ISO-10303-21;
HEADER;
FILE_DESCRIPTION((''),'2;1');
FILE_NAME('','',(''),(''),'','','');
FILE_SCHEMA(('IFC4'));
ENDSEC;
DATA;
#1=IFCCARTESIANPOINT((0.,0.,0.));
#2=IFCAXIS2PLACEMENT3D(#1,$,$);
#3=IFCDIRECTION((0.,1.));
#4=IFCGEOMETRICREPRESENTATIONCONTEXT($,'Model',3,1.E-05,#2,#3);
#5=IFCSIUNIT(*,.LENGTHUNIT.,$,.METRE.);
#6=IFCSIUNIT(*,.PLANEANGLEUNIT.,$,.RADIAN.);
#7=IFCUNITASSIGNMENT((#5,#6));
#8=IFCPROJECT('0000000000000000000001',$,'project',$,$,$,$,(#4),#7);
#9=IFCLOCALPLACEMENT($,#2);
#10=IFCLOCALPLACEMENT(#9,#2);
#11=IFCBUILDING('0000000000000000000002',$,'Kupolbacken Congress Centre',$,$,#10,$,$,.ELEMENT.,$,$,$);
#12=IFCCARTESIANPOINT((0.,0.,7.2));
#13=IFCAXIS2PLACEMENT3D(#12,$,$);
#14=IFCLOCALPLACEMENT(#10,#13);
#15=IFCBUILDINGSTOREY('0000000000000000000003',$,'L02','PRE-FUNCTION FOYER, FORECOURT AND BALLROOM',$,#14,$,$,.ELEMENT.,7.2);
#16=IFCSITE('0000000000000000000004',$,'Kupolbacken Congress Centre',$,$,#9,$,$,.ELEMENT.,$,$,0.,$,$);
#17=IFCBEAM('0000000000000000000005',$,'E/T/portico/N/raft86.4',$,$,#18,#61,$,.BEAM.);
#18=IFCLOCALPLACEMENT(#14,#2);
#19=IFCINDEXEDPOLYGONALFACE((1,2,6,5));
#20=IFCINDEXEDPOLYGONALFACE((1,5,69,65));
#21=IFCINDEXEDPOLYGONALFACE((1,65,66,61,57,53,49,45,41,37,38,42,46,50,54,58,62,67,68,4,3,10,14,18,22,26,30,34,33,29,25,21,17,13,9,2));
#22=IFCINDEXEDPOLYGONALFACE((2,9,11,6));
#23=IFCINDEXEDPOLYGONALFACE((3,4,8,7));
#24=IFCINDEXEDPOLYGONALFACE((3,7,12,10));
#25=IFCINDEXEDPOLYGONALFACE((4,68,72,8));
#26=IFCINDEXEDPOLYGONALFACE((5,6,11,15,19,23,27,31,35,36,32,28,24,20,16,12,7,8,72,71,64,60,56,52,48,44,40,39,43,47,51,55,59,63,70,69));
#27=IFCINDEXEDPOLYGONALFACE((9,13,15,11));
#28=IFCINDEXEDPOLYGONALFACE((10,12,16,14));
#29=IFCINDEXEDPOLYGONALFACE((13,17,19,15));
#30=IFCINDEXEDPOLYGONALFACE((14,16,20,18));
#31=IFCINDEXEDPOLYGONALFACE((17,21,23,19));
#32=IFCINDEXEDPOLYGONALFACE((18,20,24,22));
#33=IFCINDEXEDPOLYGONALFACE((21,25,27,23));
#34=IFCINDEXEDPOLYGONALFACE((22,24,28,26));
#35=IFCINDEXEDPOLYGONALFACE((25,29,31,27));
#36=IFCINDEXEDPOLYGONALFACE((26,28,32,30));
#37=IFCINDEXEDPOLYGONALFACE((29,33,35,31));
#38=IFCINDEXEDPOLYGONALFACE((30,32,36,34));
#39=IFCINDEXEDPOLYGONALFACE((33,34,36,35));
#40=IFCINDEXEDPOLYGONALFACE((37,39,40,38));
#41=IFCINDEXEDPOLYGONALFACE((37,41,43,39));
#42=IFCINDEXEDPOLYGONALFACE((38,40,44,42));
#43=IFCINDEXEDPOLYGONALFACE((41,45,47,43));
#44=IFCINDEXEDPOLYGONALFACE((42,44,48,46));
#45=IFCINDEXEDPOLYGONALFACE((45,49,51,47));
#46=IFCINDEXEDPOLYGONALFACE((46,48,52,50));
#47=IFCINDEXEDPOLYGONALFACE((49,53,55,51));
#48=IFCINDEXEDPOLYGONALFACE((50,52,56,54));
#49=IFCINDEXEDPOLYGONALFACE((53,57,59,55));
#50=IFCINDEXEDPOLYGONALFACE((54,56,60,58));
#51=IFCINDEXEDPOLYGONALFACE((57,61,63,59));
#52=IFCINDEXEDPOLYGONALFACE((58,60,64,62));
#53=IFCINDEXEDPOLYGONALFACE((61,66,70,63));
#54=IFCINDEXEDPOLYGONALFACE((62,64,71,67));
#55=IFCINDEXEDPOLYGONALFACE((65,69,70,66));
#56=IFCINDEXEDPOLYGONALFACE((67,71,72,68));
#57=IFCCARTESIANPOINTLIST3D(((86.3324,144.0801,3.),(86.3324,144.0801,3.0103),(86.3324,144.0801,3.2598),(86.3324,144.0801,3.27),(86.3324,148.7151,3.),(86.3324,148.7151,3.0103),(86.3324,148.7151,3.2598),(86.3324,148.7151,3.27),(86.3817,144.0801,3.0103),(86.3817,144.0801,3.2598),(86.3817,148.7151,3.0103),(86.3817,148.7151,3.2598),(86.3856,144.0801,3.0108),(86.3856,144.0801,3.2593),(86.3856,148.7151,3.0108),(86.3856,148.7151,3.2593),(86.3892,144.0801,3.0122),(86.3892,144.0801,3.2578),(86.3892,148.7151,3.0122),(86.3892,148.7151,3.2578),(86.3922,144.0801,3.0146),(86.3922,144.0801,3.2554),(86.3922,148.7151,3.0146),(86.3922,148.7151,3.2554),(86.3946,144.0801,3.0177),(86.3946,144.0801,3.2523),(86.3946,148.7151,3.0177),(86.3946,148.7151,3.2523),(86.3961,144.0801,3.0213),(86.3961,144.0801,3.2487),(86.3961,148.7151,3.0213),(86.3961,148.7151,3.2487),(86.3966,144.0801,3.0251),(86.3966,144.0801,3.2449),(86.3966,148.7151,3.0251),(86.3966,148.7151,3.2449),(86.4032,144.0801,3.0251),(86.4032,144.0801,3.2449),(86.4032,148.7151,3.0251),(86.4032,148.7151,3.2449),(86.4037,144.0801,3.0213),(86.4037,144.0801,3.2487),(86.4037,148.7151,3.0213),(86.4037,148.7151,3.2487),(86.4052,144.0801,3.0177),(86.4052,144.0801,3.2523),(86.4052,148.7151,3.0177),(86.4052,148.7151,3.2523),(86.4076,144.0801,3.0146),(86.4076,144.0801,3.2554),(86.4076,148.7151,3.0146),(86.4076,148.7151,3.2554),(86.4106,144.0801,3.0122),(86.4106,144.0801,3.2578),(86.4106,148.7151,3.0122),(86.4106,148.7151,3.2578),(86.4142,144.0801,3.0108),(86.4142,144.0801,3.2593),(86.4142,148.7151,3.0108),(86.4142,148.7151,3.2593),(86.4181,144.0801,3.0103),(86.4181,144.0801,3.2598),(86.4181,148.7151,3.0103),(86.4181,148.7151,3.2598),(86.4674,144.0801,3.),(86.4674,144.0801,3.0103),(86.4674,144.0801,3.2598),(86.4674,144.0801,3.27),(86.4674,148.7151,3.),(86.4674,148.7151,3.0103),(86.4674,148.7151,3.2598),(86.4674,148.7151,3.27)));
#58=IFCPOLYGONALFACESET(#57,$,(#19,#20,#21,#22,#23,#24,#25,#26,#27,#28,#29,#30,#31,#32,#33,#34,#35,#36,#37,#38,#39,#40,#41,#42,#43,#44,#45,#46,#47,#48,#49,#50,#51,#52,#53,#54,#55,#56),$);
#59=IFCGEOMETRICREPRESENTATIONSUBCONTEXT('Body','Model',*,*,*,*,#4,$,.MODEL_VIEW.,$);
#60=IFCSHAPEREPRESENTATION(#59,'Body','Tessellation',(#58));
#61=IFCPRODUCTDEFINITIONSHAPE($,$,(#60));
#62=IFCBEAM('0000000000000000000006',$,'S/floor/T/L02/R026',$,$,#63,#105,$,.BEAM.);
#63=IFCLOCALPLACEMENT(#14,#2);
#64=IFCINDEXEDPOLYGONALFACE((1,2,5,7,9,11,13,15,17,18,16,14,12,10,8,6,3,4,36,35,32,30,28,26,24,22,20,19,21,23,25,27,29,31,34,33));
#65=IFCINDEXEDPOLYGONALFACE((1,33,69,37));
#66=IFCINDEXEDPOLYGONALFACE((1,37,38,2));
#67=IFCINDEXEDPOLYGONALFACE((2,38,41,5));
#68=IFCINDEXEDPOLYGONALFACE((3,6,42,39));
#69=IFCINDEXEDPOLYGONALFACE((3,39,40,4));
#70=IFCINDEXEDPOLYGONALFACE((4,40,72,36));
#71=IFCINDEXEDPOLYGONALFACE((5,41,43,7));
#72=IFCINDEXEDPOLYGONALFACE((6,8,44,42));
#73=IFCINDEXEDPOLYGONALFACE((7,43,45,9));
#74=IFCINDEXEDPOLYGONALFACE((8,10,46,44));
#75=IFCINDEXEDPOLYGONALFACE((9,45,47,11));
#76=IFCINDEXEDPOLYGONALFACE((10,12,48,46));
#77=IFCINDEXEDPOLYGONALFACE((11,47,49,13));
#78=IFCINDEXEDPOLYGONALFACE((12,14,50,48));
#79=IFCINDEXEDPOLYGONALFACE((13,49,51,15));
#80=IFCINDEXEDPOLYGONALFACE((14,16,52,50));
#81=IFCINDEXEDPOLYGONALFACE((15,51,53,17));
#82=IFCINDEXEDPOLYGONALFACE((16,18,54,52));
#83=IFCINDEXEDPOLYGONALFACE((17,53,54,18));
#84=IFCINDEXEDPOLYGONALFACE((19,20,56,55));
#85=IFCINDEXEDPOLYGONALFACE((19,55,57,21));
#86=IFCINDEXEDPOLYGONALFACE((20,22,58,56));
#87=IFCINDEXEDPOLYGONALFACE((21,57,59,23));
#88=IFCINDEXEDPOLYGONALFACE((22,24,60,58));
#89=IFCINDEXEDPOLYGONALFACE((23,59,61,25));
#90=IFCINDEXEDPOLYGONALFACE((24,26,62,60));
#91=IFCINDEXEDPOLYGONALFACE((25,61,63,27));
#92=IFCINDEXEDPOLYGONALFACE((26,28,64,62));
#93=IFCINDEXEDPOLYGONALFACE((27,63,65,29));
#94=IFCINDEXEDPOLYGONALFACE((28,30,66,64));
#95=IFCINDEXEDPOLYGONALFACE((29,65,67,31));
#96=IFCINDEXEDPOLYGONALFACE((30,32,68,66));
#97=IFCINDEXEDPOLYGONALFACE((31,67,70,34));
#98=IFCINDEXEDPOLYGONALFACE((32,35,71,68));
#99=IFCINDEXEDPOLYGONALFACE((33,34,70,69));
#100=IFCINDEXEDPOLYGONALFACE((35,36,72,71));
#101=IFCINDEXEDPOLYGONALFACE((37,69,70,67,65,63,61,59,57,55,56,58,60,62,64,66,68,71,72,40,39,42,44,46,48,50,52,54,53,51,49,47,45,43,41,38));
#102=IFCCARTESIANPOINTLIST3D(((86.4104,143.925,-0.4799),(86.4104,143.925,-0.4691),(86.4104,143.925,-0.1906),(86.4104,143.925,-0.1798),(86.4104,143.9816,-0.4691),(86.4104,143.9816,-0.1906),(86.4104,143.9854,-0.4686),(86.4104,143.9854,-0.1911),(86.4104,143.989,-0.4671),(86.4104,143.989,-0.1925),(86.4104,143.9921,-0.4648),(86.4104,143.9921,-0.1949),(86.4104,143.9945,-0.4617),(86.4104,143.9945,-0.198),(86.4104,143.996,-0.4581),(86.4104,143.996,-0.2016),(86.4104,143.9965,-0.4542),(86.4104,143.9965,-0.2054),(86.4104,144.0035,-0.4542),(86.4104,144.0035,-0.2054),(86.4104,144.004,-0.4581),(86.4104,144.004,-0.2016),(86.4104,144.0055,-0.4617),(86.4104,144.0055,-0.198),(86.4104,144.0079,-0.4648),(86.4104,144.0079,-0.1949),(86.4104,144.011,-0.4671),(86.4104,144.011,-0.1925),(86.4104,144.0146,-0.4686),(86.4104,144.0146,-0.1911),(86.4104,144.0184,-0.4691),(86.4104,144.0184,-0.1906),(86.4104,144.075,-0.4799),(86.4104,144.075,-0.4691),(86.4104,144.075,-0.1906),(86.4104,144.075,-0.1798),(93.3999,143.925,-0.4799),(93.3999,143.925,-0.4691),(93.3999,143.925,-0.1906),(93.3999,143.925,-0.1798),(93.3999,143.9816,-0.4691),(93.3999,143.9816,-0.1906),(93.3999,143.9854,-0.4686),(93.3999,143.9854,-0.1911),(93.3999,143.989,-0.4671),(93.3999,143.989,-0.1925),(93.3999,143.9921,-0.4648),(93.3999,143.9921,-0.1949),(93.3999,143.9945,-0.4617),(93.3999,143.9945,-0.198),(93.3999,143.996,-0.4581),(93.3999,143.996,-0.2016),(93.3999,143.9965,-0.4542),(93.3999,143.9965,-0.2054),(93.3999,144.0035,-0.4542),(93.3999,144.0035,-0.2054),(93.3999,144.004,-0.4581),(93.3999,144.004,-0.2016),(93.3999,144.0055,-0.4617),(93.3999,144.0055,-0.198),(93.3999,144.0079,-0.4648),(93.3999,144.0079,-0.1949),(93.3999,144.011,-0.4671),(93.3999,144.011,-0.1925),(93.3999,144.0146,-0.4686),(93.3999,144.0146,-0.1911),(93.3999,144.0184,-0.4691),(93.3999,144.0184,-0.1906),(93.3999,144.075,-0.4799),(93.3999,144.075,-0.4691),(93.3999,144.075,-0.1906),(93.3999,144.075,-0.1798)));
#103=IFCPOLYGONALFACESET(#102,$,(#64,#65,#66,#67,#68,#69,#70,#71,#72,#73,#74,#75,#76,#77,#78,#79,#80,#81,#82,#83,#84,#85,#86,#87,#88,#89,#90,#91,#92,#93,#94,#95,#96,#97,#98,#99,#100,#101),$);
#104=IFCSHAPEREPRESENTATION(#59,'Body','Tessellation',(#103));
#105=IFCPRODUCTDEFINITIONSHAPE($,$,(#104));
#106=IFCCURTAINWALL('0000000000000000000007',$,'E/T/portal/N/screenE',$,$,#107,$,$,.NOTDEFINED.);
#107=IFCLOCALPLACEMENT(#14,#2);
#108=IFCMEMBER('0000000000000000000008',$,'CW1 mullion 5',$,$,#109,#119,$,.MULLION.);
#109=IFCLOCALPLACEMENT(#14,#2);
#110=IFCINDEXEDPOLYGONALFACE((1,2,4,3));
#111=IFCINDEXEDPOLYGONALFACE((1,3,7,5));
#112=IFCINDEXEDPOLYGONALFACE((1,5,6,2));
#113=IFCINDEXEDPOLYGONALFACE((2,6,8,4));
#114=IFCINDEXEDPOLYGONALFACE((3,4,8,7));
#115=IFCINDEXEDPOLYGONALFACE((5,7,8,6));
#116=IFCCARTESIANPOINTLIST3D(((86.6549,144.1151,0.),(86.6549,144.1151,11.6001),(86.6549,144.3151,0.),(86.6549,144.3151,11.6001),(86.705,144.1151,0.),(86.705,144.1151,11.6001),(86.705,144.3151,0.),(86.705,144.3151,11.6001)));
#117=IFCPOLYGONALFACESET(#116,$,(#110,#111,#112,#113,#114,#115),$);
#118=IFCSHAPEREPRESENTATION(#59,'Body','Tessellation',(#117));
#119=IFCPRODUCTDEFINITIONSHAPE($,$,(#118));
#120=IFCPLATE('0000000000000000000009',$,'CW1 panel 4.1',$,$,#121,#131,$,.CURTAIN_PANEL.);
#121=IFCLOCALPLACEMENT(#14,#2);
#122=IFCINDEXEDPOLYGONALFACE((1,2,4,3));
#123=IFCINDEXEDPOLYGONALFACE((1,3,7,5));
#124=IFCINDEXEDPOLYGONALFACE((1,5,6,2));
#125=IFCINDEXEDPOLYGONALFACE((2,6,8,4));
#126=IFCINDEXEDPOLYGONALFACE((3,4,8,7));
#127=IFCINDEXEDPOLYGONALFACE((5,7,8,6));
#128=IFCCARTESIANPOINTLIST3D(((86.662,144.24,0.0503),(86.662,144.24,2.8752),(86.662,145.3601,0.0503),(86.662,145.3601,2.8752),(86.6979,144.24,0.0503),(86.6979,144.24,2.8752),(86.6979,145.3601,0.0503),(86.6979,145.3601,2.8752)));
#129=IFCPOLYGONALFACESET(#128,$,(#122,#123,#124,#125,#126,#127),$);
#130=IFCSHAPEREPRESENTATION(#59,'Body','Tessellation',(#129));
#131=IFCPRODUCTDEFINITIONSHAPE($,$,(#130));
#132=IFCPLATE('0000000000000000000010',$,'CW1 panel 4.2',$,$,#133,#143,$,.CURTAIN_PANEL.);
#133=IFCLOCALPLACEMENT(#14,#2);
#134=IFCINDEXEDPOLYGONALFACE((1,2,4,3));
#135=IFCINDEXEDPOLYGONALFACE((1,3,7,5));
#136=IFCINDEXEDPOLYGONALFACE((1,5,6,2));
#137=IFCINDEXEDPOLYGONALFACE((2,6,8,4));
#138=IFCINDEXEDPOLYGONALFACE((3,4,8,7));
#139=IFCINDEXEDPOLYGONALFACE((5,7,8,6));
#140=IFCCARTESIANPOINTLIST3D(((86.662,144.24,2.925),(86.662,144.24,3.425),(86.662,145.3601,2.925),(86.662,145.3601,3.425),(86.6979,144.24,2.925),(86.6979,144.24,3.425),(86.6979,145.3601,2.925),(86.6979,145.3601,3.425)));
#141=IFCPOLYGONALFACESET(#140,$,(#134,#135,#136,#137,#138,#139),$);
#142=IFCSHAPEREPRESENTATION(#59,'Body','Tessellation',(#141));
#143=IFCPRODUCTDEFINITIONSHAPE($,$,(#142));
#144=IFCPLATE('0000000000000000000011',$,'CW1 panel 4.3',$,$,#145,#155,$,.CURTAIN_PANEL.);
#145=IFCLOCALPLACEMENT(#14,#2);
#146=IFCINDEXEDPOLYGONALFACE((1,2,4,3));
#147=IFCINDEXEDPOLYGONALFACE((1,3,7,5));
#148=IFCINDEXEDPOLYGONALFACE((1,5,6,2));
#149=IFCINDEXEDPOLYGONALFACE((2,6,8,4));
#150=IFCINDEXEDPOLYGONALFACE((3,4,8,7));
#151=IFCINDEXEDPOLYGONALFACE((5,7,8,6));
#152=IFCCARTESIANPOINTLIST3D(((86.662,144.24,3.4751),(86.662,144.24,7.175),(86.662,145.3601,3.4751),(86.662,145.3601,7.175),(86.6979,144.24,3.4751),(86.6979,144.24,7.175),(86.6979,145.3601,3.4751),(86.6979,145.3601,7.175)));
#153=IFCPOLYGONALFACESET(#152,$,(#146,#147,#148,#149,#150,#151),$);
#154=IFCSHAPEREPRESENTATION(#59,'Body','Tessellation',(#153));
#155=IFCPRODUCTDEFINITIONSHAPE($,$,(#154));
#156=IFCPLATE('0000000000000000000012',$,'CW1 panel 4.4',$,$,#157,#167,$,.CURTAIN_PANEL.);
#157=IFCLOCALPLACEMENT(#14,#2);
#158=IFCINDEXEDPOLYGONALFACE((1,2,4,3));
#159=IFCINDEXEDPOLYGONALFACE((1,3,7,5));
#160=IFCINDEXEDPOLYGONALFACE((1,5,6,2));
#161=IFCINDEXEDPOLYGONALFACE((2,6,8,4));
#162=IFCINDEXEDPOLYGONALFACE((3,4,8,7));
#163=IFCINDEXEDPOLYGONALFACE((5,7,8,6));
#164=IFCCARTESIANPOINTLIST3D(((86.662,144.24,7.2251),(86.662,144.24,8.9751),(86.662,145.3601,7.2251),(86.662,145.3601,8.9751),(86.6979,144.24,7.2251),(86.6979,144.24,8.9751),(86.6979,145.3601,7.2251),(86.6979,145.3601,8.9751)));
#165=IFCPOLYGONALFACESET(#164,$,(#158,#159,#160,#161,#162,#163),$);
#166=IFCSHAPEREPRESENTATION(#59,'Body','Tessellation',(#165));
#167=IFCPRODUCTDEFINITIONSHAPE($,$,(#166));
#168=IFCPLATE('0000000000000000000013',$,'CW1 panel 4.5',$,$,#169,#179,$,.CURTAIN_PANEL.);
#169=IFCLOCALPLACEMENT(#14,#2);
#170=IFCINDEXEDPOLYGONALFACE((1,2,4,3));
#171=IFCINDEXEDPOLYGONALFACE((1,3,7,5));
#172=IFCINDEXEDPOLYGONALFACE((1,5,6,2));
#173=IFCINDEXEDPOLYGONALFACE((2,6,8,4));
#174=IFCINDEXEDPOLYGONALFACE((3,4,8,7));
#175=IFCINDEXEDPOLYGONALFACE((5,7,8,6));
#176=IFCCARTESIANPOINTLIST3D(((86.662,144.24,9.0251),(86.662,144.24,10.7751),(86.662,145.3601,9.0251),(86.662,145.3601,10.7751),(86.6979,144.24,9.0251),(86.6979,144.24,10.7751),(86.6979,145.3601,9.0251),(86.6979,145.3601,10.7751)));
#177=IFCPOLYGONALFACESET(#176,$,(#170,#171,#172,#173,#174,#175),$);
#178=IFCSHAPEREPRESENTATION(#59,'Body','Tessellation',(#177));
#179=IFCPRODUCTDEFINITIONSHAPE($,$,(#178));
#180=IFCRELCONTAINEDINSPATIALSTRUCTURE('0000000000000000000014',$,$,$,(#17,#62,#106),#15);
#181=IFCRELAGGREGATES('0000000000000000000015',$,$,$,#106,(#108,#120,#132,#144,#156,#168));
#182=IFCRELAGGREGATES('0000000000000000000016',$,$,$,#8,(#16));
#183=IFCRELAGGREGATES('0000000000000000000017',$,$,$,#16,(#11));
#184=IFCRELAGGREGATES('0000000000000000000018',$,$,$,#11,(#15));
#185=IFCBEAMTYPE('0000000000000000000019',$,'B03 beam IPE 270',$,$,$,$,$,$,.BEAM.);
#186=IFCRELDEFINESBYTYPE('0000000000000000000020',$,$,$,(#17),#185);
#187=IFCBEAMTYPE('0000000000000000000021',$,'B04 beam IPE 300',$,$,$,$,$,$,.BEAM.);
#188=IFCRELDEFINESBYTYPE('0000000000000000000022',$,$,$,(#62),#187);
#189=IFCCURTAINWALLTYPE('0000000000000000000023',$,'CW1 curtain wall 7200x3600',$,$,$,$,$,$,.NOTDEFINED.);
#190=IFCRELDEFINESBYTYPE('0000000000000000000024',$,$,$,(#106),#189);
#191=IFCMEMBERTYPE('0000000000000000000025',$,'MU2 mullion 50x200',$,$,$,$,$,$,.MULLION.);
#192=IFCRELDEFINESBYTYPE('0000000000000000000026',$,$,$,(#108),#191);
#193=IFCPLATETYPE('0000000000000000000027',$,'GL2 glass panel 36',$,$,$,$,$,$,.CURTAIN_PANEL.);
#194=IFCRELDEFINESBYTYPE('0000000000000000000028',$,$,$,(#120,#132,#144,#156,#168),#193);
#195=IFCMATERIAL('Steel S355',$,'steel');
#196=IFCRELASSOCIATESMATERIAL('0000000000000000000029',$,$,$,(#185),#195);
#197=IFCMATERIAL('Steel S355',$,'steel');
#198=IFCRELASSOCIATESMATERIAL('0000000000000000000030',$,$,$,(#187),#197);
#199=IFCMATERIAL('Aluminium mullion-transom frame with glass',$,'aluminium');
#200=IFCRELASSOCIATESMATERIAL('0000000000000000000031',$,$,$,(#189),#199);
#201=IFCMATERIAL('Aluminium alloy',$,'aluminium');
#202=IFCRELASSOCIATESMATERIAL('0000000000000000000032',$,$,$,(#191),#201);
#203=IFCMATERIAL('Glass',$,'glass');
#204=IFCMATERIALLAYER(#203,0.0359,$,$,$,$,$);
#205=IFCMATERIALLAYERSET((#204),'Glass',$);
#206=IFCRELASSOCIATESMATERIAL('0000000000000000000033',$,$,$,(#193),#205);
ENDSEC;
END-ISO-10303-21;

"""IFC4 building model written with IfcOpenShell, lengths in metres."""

from ifc_helpers import new_model, si_unit, direction, frame, origin, origin_2d, place, context, subcontext, project, spatial, rectangle, i_section, extrude, material, layer, layer_set, material_profile, profile_set, type_object, element, aggregate, save


model = new_model("IFC4")

# Units and contexts
model_context = context("Model", 3, precision=1e-05, world=origin(), true_north=direction((0.0, 1.0)))
body_context = subcontext(model_context, "Body", "Model", "MODEL_VIEW")
ifc_project = project(units=[si_unit("LENGTHUNIT", "METRE"), si_unit("PLANEANGLEUNIT", "RADIAN")], contexts=[model_context])

# Site, building, storey
site_placement = place(None, origin())
site = spatial("IfcSite", under=ifc_project, at=site_placement, Name="Kupolbacken Congress Centre", CompositionType="ELEMENT", RefElevation=0.0)
building_placement = place(site_placement, origin())
building = spatial("IfcBuilding", under=site, at=building_placement, Name="Kupolbacken Congress Centre", CompositionType="ELEMENT")
storey_placement = place(building_placement, frame((0.0, 0.0, 7.2)))
storey = spatial("IfcBuildingStorey", under=building, at=storey_placement, Name="L02", Description="PRE-FUNCTION FOYER, FORECOURT AND BALLROOM", CompositionType="ELEMENT", Elevation=7.2)

# Beams
ifc_material_1 = material(Name="Steel S355", Category="steel")
ifc_material_profile_1 = material_profile(ifc_material_1, i_section(OverallWidth=0.135, OverallDepth=0.27, WebThickness=0.0066, FlangeThickness=0.0103, FilletRadius=0.0149, at=origin_2d()), Name="IPE 270")
ifc_profile_set_1 = profile_set([ifc_material_profile_1], Name="Steel S355")
beam_type_1 = type_object("IfcBeamType", Name="B03 beam IPE 270", PredefinedType="BEAM", material=ifc_profile_set_1)
beam_1_placement = place(storey_placement, frame((86.3999, 144.0801, 3.135), z_axis=(0.0, 1.0, 0.0), x_axis=(-1.0, 0.0, 0.0)))
element("IfcBeam", 1, at=beam_1_placement, inside=storey, type_object=beam_type_1, Name="E/T/portico/N/raft86.4", PredefinedType="BEAM", context=body_context, shape_type="SweptSolid", body=[
    extrude(i_section(OverallWidth=0.135, OverallDepth=0.27, WebThickness=0.0066, FlangeThickness=0.0103, FilletRadius=0.0149, at=origin_2d()), origin(), (0.0, 0.0, 1.0), 4.635),
])
ifc_material_2 = material(Name="Steel S355", Category="steel")
ifc_material_profile_2 = material_profile(ifc_material_2, i_section(OverallWidth=0.1499, OverallDepth=0.3, WebThickness=0.0071, FlangeThickness=0.0107, FilletRadius=0.0149, at=origin_2d()), Name="IPE 300")
ifc_profile_set_2 = profile_set([ifc_material_profile_2], Name="Steel S355")
beam_type_2 = type_object("IfcBeamType", Name="B04 beam IPE 300", PredefinedType="BEAM", material=ifc_profile_set_2)
beam_2_placement = place(storey_placement, frame((86.4104, 144.0, -0.3298), z_axis=(1.0, 0.0, 0.0), x_axis=(0.0, 1.0, 0.0)))
element("IfcBeam", 2, at=beam_2_placement, inside=storey, type_object=beam_type_2, Name="S/floor/T/L02/R026", PredefinedType="BEAM", context=body_context, shape_type="SweptSolid", body=[
    extrude(i_section(OverallWidth=0.1499, OverallDepth=0.3, WebThickness=0.0071, FlangeThickness=0.0107, FilletRadius=0.0149, at=origin_2d()), origin(), (0.0, 0.0, 1.0), 6.9895),
])

# Curtain wall, member, plates
ifc_material_3 = material(Name="Aluminium mullion-transom frame with glass", Category="aluminium")
curtain_wall_type = type_object("IfcCurtainWallType", Name="CW1 curtain wall 7200x3600", PredefinedType="NOTDEFINED", material=ifc_material_3)
curtain_wall_placement = place(storey_placement, origin())
curtain_wall = element("IfcCurtainWall", 3, at=curtain_wall_placement, inside=storey, type_object=curtain_wall_type, Name="E/T/portal/N/screenE", PredefinedType="NOTDEFINED")
ifc_material_4 = material(Name="Aluminium alloy", Category="aluminium")
ifc_material_profile_3 = material_profile(ifc_material_4, rectangle(XDim=0.05, YDim=0.2, at=origin_2d()), Name="50 x 200")
ifc_profile_set_3 = profile_set([ifc_material_profile_3], Name="Aluminium alloy")
member_type = type_object("IfcMemberType", Name="MU2 mullion 50x200", PredefinedType="MULLION", material=ifc_profile_set_3)
member_placement = place(storey_placement, frame((86.6799, 144.2151, 0.0), z_axis=(0.0, 0.0, 1.0), x_axis=(1.0, 0.0, 0.0)))
member = element("IfcMember", 4, at=member_placement, type_object=member_type, Name="CW1 mullion 5", PredefinedType="MULLION", context=body_context, shape_type="SweptSolid", body=[
    extrude(rectangle(XDim=0.05, YDim=0.2, at=origin_2d()), origin(), (0.0, 0.0, 1.0), 11.6001),
])
ifc_material_5 = material(Name="Glass", Category="glass")
ifc_layer_1 = layer(ifc_material_5, 0.0359)
ifc_layer_set_1 = layer_set([ifc_layer_1], Name="Glass")
plate_type = type_object("IfcPlateType", Name="GL2 glass panel 36", PredefinedType="CURTAIN_PANEL", material=ifc_layer_set_1)
plate_1_placement = place(storey_placement, frame((86.6799, 144.8, 0.0503), z_axis=(0.0, 0.0, 1.0), x_axis=(0.0, -1.0, 0.0)))
plate_1 = element("IfcPlate", 5, at=plate_1_placement, type_object=plate_type, Name="CW1 panel 4.1", PredefinedType="CURTAIN_PANEL", context=body_context, shape_type="SweptSolid", body=[
    extrude(rectangle(XDim=1.1201, YDim=0.0359, at=origin_2d()), origin(), (0.0, 0.0, 1.0), 2.825),
])
plate_2_placement = place(storey_placement, frame((86.6799, 144.8, 2.925), z_axis=(0.0, 0.0, 1.0), x_axis=(0.0, -1.0, 0.0)))
plate_2 = element("IfcPlate", 6, at=plate_2_placement, type_object=plate_type, Name="CW1 panel 4.2", PredefinedType="CURTAIN_PANEL", context=body_context, shape_type="SweptSolid", body=[
    extrude(rectangle(XDim=1.1201, YDim=0.0359, at=origin_2d()), origin(), (0.0, 0.0, 1.0), 0.5),
])
plate_3_placement = place(storey_placement, frame((86.6799, 144.8, 3.4751), z_axis=(0.0, 0.0, 1.0), x_axis=(0.0, -1.0, 0.0)))
plate_3 = element("IfcPlate", 7, at=plate_3_placement, type_object=plate_type, Name="CW1 panel 4.3", PredefinedType="CURTAIN_PANEL", context=body_context, shape_type="SweptSolid", body=[
    extrude(rectangle(XDim=1.1201, YDim=0.0359, at=origin_2d()), origin(), (0.0, 0.0, 1.0), 3.7),
])
plate_4_placement = place(storey_placement, frame((86.6799, 144.8, 7.2251), z_axis=(0.0, 0.0, 1.0), x_axis=(0.0, -1.0, 0.0)))
plate_4 = element("IfcPlate", 8, at=plate_4_placement, type_object=plate_type, Name="CW1 panel 4.4", PredefinedType="CURTAIN_PANEL", context=body_context, shape_type="SweptSolid", body=[
    extrude(rectangle(XDim=1.1201, YDim=0.0359, at=origin_2d()), origin(), (0.0, 0.0, 1.0), 1.75),
])
plate_5_placement = place(storey_placement, frame((86.6799, 144.8, 9.0251), z_axis=(0.0, 0.0, 1.0), x_axis=(0.0, -1.0, 0.0)))
plate_5 = element("IfcPlate", 9, at=plate_5_placement, type_object=plate_type, Name="CW1 panel 4.5", PredefinedType="CURTAIN_PANEL", context=body_context, shape_type="SweptSolid", body=[
    extrude(rectangle(XDim=1.1201, YDim=0.0359, at=origin_2d()), origin(), (0.0, 0.0, 1.0), 1.75),
])
aggregate(curtain_wall, [member, plate_1, plate_2, plate_3, plate_4, plate_5])

save(model, "model.ifc")
